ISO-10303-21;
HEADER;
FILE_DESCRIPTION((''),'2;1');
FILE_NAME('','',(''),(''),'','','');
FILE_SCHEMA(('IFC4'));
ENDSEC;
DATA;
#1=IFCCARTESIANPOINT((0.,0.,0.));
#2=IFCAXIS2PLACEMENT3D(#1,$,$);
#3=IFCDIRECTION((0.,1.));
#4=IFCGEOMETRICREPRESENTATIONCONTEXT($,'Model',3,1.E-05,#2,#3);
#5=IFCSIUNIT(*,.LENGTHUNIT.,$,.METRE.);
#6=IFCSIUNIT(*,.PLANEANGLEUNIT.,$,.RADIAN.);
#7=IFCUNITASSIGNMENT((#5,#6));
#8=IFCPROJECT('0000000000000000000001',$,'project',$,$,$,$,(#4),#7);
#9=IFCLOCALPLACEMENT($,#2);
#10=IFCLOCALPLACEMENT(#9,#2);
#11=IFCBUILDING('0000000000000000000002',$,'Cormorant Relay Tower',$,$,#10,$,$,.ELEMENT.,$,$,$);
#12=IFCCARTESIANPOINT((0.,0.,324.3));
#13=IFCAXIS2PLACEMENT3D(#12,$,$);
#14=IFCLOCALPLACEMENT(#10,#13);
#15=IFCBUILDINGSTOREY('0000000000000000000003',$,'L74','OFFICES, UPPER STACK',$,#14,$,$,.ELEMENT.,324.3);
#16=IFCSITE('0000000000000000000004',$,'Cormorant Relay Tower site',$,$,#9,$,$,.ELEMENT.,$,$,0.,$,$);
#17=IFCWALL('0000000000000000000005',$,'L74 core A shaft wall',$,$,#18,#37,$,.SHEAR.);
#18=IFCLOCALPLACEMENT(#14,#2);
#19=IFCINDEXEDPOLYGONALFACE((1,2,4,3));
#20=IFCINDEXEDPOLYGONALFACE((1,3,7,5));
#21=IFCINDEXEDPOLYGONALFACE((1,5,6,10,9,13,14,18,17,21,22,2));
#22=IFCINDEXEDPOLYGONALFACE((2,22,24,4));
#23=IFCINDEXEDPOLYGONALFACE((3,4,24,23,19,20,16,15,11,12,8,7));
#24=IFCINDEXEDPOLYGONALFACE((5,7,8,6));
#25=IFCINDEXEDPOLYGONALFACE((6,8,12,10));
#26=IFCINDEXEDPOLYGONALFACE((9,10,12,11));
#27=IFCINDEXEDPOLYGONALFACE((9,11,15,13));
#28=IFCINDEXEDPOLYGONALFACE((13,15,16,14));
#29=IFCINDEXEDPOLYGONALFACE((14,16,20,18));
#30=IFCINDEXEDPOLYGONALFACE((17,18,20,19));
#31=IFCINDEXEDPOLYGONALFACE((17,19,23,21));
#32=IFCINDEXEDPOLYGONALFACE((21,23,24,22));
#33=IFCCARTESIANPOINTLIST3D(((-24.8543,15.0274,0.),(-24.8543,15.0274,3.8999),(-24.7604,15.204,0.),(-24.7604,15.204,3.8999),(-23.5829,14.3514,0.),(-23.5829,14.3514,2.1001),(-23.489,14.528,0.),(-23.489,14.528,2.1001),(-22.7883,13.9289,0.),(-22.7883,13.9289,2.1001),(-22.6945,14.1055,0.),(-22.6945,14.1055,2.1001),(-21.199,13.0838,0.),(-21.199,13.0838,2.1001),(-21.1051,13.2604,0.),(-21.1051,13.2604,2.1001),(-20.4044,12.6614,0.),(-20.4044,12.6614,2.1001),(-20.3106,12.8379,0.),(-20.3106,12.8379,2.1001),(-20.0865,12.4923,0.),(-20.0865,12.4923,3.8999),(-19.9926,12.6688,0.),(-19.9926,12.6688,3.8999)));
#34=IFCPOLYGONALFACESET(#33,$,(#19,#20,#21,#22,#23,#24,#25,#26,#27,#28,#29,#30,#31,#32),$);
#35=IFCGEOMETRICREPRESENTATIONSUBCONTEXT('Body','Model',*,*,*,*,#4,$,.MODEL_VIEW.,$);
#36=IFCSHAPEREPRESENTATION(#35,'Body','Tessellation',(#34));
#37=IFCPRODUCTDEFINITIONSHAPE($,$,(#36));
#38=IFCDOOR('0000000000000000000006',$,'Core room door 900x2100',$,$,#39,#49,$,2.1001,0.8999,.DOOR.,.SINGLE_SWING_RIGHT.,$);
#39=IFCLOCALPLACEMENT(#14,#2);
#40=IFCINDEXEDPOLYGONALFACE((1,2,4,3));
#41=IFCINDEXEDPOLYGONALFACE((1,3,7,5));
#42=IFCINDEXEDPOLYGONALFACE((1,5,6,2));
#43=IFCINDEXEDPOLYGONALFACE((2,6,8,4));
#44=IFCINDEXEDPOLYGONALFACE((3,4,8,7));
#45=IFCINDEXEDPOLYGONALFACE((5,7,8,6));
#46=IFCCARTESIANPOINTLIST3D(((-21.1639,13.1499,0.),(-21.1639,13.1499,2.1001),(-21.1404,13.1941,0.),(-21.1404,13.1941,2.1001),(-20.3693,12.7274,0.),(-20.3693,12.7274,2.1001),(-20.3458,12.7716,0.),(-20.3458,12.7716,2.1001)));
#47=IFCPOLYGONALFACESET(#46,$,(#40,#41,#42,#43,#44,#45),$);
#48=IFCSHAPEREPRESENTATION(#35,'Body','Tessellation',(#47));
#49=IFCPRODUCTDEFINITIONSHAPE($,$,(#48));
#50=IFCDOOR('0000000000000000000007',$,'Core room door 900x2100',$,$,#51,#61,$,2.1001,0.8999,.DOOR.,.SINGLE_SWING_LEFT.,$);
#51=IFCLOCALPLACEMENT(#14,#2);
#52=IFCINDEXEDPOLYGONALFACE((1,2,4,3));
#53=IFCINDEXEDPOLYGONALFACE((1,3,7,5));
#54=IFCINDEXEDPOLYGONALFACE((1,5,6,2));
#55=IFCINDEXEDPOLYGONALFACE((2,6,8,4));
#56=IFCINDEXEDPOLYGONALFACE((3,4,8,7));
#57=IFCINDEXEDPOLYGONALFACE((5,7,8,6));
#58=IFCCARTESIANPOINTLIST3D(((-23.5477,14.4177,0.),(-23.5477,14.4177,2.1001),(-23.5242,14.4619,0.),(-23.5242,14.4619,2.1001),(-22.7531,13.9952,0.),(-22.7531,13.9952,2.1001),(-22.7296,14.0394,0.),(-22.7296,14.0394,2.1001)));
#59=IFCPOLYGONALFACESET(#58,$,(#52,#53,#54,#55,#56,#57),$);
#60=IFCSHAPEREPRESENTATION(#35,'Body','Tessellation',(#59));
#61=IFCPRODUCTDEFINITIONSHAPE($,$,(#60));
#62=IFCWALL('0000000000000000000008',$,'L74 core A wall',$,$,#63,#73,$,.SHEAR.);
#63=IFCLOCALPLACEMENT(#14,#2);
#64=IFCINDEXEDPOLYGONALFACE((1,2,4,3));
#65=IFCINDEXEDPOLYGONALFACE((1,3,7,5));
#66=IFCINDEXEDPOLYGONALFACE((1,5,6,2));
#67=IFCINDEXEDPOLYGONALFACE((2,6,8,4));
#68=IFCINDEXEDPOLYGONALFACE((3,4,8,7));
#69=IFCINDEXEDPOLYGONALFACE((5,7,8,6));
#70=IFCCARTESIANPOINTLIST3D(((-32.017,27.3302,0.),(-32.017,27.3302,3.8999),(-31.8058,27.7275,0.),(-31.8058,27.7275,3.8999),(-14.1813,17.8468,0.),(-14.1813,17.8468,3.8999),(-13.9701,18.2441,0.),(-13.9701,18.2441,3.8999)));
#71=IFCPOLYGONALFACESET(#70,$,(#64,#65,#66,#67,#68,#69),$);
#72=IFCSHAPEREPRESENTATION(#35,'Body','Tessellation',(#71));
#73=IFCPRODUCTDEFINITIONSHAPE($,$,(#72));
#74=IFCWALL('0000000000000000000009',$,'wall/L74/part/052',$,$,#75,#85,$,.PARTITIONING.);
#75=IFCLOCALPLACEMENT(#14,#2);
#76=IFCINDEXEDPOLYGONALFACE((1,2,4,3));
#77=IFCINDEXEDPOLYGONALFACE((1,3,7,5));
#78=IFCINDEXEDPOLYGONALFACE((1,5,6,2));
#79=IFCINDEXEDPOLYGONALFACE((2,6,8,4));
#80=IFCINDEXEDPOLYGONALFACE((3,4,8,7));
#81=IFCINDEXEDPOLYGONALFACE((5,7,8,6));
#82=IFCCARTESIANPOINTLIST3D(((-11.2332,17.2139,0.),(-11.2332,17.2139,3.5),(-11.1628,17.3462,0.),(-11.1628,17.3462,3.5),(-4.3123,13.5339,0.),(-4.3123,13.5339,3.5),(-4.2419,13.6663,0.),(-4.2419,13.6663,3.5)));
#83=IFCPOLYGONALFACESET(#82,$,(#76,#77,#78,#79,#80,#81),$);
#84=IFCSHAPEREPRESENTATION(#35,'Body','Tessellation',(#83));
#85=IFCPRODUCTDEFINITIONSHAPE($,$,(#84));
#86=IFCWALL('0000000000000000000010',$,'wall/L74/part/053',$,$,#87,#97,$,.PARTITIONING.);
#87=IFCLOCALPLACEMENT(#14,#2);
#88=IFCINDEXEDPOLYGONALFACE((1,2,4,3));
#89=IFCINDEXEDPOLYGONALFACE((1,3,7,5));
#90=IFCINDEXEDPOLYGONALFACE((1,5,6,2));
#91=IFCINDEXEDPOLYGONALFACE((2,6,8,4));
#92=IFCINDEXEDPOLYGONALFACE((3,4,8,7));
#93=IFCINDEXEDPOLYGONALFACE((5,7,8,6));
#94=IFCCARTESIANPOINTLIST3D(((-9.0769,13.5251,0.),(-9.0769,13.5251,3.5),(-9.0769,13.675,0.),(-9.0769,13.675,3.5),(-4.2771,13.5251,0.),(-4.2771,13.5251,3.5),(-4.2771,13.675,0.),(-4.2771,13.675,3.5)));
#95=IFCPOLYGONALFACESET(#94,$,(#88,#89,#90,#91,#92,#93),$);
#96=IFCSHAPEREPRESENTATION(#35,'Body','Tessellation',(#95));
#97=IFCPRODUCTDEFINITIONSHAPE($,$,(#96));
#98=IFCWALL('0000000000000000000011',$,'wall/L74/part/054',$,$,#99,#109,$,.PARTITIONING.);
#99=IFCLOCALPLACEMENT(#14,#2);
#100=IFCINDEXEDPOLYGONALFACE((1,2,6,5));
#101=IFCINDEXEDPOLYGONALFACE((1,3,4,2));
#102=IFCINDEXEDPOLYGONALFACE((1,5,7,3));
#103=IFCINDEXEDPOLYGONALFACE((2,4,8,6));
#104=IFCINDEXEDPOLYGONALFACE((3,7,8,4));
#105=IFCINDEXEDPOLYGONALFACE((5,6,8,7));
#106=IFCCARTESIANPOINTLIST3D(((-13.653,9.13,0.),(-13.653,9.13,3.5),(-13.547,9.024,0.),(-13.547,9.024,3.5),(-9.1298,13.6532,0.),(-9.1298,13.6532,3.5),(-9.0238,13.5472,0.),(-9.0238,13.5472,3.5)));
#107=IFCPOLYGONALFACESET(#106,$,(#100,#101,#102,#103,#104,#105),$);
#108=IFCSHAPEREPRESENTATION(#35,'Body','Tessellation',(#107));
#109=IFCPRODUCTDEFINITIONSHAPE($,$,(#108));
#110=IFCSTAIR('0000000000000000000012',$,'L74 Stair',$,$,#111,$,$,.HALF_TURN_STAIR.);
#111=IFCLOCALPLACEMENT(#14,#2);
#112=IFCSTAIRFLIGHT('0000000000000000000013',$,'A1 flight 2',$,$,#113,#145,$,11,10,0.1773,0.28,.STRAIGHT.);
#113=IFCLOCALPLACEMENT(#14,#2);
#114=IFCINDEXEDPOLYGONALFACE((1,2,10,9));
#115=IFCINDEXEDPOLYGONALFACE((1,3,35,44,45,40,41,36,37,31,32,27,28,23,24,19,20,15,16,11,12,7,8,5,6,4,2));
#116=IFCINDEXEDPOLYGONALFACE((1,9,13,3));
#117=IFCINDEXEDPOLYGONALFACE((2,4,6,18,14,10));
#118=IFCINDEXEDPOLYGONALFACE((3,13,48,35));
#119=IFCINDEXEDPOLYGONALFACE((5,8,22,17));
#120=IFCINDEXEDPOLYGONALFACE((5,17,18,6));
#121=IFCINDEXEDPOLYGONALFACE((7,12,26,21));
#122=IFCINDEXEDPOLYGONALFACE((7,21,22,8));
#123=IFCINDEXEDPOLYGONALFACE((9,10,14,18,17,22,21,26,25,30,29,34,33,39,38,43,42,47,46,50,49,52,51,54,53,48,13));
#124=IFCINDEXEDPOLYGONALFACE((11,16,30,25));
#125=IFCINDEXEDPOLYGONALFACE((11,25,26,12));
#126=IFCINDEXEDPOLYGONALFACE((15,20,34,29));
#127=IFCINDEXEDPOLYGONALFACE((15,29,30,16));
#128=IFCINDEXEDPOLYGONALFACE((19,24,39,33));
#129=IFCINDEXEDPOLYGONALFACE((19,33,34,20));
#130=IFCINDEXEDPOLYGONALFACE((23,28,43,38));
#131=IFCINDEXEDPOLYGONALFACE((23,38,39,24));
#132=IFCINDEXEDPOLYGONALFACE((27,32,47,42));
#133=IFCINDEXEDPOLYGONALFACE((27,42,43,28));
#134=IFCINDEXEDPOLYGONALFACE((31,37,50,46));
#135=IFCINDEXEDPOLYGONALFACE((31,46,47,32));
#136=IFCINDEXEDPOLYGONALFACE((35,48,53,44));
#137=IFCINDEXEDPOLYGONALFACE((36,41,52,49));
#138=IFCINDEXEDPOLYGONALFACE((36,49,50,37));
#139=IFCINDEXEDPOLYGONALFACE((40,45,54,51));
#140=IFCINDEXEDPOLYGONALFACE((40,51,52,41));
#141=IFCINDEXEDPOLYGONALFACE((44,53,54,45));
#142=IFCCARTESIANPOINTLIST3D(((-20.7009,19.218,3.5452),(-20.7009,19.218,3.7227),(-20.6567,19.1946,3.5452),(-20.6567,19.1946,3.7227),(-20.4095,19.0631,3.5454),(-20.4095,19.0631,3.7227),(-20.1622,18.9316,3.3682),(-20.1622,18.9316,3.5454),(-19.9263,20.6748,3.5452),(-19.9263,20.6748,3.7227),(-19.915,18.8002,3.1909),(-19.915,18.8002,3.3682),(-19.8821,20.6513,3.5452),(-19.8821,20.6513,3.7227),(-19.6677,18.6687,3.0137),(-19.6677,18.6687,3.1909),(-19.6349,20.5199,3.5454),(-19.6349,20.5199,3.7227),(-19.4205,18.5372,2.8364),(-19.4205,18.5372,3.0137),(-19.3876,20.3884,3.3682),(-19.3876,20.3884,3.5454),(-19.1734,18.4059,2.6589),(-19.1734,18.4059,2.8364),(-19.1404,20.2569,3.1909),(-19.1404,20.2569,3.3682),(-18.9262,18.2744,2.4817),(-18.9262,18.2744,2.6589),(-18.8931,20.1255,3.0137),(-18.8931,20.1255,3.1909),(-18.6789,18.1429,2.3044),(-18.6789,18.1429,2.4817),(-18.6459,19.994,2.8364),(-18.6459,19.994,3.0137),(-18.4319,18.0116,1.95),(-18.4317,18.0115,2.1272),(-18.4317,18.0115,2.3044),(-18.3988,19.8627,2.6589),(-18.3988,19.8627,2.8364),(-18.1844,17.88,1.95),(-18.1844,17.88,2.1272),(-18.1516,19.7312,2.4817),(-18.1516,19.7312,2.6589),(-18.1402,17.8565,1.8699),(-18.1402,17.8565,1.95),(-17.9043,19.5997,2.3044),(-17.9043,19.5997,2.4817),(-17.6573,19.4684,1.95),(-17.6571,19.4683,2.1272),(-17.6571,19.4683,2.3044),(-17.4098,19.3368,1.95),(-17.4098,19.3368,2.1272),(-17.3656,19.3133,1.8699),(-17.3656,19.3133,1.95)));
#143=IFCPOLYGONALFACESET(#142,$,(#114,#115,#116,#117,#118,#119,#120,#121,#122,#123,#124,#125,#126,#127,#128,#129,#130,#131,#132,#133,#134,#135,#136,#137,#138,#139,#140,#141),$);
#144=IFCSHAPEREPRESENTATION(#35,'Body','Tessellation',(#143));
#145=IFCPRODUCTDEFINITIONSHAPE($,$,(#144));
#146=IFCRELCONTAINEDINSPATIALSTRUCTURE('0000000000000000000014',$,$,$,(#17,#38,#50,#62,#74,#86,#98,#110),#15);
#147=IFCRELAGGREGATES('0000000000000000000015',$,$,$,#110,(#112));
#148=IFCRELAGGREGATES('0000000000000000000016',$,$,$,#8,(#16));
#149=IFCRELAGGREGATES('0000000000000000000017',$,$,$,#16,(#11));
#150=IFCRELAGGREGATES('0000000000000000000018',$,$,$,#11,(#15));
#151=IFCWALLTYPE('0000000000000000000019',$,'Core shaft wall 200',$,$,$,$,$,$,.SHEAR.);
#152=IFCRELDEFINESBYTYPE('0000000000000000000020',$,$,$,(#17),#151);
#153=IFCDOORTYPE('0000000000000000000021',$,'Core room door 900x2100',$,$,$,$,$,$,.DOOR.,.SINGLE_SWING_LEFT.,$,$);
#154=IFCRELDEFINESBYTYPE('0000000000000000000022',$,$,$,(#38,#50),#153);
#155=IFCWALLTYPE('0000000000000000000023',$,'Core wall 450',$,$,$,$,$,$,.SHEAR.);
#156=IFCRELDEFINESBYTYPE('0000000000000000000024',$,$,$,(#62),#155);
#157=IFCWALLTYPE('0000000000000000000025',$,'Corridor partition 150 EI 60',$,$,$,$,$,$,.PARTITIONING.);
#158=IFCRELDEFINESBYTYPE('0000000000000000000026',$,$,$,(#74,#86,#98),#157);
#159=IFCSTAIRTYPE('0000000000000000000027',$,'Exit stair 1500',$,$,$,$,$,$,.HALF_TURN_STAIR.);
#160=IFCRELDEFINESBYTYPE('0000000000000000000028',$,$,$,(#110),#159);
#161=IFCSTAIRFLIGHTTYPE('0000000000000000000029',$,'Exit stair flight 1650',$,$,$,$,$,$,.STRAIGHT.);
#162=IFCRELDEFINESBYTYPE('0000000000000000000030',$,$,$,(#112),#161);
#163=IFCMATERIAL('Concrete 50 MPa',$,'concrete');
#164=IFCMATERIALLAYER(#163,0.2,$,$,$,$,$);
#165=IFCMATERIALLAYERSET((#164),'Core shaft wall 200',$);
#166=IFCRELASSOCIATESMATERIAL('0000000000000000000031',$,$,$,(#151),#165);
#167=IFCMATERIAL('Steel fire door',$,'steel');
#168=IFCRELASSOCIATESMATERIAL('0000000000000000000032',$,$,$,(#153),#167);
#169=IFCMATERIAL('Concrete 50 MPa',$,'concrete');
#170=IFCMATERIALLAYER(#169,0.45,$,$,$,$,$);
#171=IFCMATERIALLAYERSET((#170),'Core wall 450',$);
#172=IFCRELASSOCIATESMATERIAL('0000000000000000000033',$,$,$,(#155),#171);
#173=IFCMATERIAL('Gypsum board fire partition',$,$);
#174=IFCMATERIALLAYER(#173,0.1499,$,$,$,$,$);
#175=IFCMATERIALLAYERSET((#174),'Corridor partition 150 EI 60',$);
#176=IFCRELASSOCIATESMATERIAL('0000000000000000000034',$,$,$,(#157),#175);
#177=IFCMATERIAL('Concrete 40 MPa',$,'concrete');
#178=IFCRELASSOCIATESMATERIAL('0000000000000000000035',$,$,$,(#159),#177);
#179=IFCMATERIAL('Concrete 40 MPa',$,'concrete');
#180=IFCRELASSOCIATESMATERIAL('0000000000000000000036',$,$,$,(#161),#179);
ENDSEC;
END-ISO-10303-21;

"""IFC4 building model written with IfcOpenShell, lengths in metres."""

from ifc_helpers import new_model, si_unit, direction, frame, frame_2d, origin, place, context, subcontext, project, spatial, polyline, rectangle, outline, extrude, material, layer, layer_set, type_object, element, fill, aggregate, save


model = new_model("IFC4")

# Units and contexts
model_context = context("Model", 3, precision=1e-05, world=origin(), true_north=direction((0.0, 1.0)))
body_context = subcontext(model_context, "Body", "Model", "MODEL_VIEW")
ifc_project = project(units=[si_unit("LENGTHUNIT", "METRE"), si_unit("PLANEANGLEUNIT", "RADIAN")], contexts=[model_context])

# Site, building, storey
site_placement = place(None, origin())
site = spatial("IfcSite", under=ifc_project, at=site_placement, Name="Cormorant Relay Tower site", CompositionType="ELEMENT", RefElevation=0.0)
building_placement = place(site_placement, origin())
building = spatial("IfcBuilding", under=site, at=building_placement, Name="Cormorant Relay Tower", CompositionType="ELEMENT")
storey_placement = place(building_placement, frame((0.0, 0.0, 324.3)))
storey = spatial("IfcBuildingStorey", under=building, at=storey_placement, Name="L74", Description="OFFICES, UPPER STACK", CompositionType="ELEMENT", Elevation=324.3)

# Shared definitions
ifc_material_1 = material(Name="Concrete 50 MPa", Category="concrete")
ifc_layer_1 = layer(ifc_material_1, 0.2)
ifc_layer_set_1 = layer_set([ifc_layer_1], Name="Core shaft wall 200")
wall_type_1 = type_object("IfcWallType", Name="Core shaft wall 200", PredefinedType="SHEAR", material=ifc_layer_set_1)

# Wall, openings, doors
wall_1_placement = place(storey_placement, frame((-20.0396, 12.5806, 0.0), z_axis=(0.0, 0.0, 1.0), x_axis=(-0.882943, 0.46948, 0.0)))
wall_1 = element("IfcWall", 1, at=wall_1_placement, inside=storey, type_object=wall_type_1, Name="L74 core A shaft wall", PredefinedType="SHEAR", context=body_context, shape_type="SweptSolid", body=[
    extrude(rectangle(XDim=5.3999, YDim=0.2, at=frame_2d((2.7, 0.0))), origin(), (0.0, 0.0, 1.0), 3.8999),
])
opening_1_placement = place(wall_1_placement, frame((0.3601, 0.0, 0.0)))
opening_1 = element("IfcOpeningElement", 2, at=opening_1_placement, cuts=wall_1, PredefinedType="OPENING", context=body_context, shape_type="SweptSolid", body=[
    extrude(rectangle(XDim=0.8999, YDim=2.1001, at=frame_2d((0.45, 1.05))), frame((0.0, 0.1099, 0.0), z_axis=(0.0, -1.0, 0.0), x_axis=(1.0, 0.0, 0.0)), (0.0, 0.0, 1.0), 0.22),
])
opening_2_placement = place(wall_1_placement, frame((3.0601, 0.0, 0.0)))
opening_2 = element("IfcOpeningElement", 3, at=opening_2_placement, cuts=wall_1, PredefinedType="OPENING", context=body_context, shape_type="SweptSolid", body=[
    extrude(rectangle(XDim=0.8999, YDim=2.1001, at=frame_2d((0.45, 1.05))), frame((0.0, 0.1099, 0.0), z_axis=(0.0, -1.0, 0.0), x_axis=(1.0, 0.0, 0.0)), (0.0, 0.0, 1.0), 0.22),
])
ifc_material_2 = material(Name="Steel fire door", Category="steel")
door_type_1 = type_object("IfcDoorType", Name="Core room door 900x2100", OperationType="SINGLE_SWING_LEFT", PredefinedType="DOOR", material=ifc_material_2)
door_1_placement = place(opening_1_placement, frame((0.8999, 0.0, 0.0), z_axis=(0.0, 0.0, 1.0), x_axis=(-1.0, 0.0, 0.0)))
door_1 = element("IfcDoor", 4, at=door_1_placement, inside=storey, type_object=door_type_1, Name="Core room door 900x2100", OperationType="SINGLE_SWING_RIGHT", OverallHeight=2.1001, OverallWidth=0.8999, PredefinedType="DOOR", context=body_context, shape_type="SweptSolid", body=[
    extrude(rectangle(XDim=0.8999, YDim=2.1001, at=frame_2d((0.45, 1.05))), frame((0.0, 0.0249, 0.0), z_axis=(0.0, -1.0, 0.0), x_axis=(1.0, 0.0, 0.0)), (0.0, 0.0, 1.0), 0.05),
])
fill(opening_1, door_1)
door_2_placement = place(opening_2_placement, origin())
door_2 = element("IfcDoor", 5, at=door_2_placement, inside=storey, type_object=door_type_1, Name="Core room door 900x2100", OperationType="SINGLE_SWING_LEFT", OverallHeight=2.1001, OverallWidth=0.8999, PredefinedType="DOOR", context=body_context, shape_type="SweptSolid", body=[
    extrude(rectangle(XDim=0.8999, YDim=2.1001, at=frame_2d((0.45, 1.05))), frame((0.0, 0.0249, 0.0), z_axis=(0.0, -1.0, 0.0), x_axis=(1.0, 0.0, 0.0)), (0.0, 0.0, 1.0), 0.05),
])
fill(opening_2, door_2)

# Shared definitions
ifc_material_3 = material(Name="Concrete 50 MPa", Category="concrete")
ifc_layer_2 = layer(ifc_material_3, 0.45)
ifc_layer_set_2 = layer_set([ifc_layer_2], Name="Core wall 450")
wall_type_2 = type_object("IfcWallType", Name="Core wall 450", PredefinedType="SHEAR", material=ifc_layer_set_2)

# Walls
wall_2_placement = place(storey_placement, frame((-14.0757, 18.0454, 0.0), z_axis=(0.0, 0.0, 1.0), x_axis=(-0.882948, 0.469471, 0.0)))
element("IfcWall", 6, at=wall_2_placement, inside=storey, type_object=wall_type_2, Name="L74 core A wall", PredefinedType="SHEAR", context=body_context, shape_type="SweptSolid", body=[
    extrude(rectangle(XDim=20.2002, YDim=0.45, at=frame_2d((10.1001, 0.0))), origin(), (0.0, 0.0, 1.0), 3.8999),
])
ifc_material_4 = material(Name="Gypsum board fire partition")
ifc_layer_3 = layer(ifc_material_4, 0.1499)
ifc_layer_set_3 = layer_set([ifc_layer_3], Name="Corridor partition 150 EI 60")
wall_type_3 = type_object("IfcWallType", Name="Corridor partition 150 EI 60", PredefinedType="PARTITIONING", material=ifc_layer_set_3)
wall_3_placement = place(storey_placement, frame((-11.198, 17.28, 0.0), z_axis=(0.0, 0.0, 1.0), x_axis=(0.882946, -0.469474, 0.0)))
element("IfcWall", 7, at=wall_3_placement, inside=storey, type_object=wall_type_3, Name="wall/L74/part/052", PredefinedType="PARTITIONING", context=body_context, shape_type="SweptSolid", body=[
    extrude(rectangle(XDim=7.8384, YDim=0.1499, at=frame_2d((3.9192, 0.0))), origin(), (0.0, 0.0, 1.0), 3.5),
])
wall_4_placement = place(storey_placement, frame((-4.2771, 13.6001, 0.0), z_axis=(0.0, 0.0, 1.0), x_axis=(-1.0, 0.0, 0.0)))
element("IfcWall", 8, at=wall_4_placement, inside=storey, type_object=wall_type_3, Name="wall/L74/part/053", PredefinedType="PARTITIONING", context=body_context, shape_type="SweptSolid", body=[
    extrude(rectangle(XDim=4.7998, YDim=0.1499, at=frame_2d((2.3999, 0.0))), origin(), (0.0, 0.0, 1.0), 3.5),
])
wall_5_placement = place(storey_placement, frame((-9.0769, 13.6001, 0.0), z_axis=(0.0, 0.0, 1.0), x_axis=(-0.707107, -0.707107, 0.0)))
element("IfcWall", 9, at=wall_5_placement, inside=storey, type_object=wall_type_3, Name="wall/L74/part/054", PredefinedType="PARTITIONING", context=body_context, shape_type="SweptSolid", body=[
    extrude(rectangle(XDim=6.3967, YDim=0.1499, at=frame_2d((3.1982, 0.0))), origin(), (0.0, 0.0, 1.0), 3.5),
])

# Stair, stair flight
ifc_material_5 = material(Name="Concrete 40 MPa", Category="concrete")
stair_type = type_object("IfcStairType", Name="Exit stair 1500", PredefinedType="HALF_TURN_STAIR", material=ifc_material_5)
stair_placement = place(storey_placement, origin())
stair = element("IfcStair", 10, at=stair_placement, inside=storey, type_object=stair_type, Name="L74 Stair", PredefinedType="HALF_TURN_STAIR")
ifc_material_6 = material(Name="Concrete 40 MPa", Category="concrete")
stair_flight_type = type_object("IfcStairFlightType", Name="Exit stair flight 1650", PredefinedType="STRAIGHT", material=ifc_material_6)
stair_flight_placement = place(storey_placement, frame((-17.7971, 18.6084, 1.95), z_axis=(0.0, 0.0, 1.0), x_axis=(-0.882948, 0.469472, 0.0)))
stair_flight = element("IfcStairFlight", 11, at=stair_flight_placement, type_object=stair_flight_type, Name="A1 flight 2", NumberOfRisers=11, NumberOfTreads=10, PredefinedType="STRAIGHT", RiserHeight=0.1773, TreadLength=0.28, context=body_context, shape_type="SweptSolid", body=[
    extrude(outline(polyline([(-0.05, -0.0801), (-0.05, 0.0), (0.0, 0.0), (0.0, 0.1772), (0.28, 0.1772), (0.28, 0.3545), (0.5601, 0.3545), (0.5601, 0.5317), (0.8401, 0.5317), (0.8401, 0.709), (1.1201, 0.709), (1.1201, 0.8865), (1.3999, 0.8865), (1.3999, 1.0637), (1.6799, 1.0637), (1.6799, 1.241), (1.96, 1.241), (1.96, 1.4182), (2.24, 1.4182), (2.24, 1.5955), (2.52, 1.5955), (2.52, 1.7727), (2.8, 1.7727), (2.8501, 1.7727), (2.8501, 1.5952), (2.8, 1.5952), (0.2803, 0.0), (-0.05, -0.0801)])), frame((0.0, 0.825, 0.0), z_axis=(0.0, -1.0, 0.0), x_axis=(1.0, 0.0, 0.0)), (0.0, 0.0, 1.0), 1.6499),
])
aggregate(stair, [stair_flight])

save(model, "model.ifc")
